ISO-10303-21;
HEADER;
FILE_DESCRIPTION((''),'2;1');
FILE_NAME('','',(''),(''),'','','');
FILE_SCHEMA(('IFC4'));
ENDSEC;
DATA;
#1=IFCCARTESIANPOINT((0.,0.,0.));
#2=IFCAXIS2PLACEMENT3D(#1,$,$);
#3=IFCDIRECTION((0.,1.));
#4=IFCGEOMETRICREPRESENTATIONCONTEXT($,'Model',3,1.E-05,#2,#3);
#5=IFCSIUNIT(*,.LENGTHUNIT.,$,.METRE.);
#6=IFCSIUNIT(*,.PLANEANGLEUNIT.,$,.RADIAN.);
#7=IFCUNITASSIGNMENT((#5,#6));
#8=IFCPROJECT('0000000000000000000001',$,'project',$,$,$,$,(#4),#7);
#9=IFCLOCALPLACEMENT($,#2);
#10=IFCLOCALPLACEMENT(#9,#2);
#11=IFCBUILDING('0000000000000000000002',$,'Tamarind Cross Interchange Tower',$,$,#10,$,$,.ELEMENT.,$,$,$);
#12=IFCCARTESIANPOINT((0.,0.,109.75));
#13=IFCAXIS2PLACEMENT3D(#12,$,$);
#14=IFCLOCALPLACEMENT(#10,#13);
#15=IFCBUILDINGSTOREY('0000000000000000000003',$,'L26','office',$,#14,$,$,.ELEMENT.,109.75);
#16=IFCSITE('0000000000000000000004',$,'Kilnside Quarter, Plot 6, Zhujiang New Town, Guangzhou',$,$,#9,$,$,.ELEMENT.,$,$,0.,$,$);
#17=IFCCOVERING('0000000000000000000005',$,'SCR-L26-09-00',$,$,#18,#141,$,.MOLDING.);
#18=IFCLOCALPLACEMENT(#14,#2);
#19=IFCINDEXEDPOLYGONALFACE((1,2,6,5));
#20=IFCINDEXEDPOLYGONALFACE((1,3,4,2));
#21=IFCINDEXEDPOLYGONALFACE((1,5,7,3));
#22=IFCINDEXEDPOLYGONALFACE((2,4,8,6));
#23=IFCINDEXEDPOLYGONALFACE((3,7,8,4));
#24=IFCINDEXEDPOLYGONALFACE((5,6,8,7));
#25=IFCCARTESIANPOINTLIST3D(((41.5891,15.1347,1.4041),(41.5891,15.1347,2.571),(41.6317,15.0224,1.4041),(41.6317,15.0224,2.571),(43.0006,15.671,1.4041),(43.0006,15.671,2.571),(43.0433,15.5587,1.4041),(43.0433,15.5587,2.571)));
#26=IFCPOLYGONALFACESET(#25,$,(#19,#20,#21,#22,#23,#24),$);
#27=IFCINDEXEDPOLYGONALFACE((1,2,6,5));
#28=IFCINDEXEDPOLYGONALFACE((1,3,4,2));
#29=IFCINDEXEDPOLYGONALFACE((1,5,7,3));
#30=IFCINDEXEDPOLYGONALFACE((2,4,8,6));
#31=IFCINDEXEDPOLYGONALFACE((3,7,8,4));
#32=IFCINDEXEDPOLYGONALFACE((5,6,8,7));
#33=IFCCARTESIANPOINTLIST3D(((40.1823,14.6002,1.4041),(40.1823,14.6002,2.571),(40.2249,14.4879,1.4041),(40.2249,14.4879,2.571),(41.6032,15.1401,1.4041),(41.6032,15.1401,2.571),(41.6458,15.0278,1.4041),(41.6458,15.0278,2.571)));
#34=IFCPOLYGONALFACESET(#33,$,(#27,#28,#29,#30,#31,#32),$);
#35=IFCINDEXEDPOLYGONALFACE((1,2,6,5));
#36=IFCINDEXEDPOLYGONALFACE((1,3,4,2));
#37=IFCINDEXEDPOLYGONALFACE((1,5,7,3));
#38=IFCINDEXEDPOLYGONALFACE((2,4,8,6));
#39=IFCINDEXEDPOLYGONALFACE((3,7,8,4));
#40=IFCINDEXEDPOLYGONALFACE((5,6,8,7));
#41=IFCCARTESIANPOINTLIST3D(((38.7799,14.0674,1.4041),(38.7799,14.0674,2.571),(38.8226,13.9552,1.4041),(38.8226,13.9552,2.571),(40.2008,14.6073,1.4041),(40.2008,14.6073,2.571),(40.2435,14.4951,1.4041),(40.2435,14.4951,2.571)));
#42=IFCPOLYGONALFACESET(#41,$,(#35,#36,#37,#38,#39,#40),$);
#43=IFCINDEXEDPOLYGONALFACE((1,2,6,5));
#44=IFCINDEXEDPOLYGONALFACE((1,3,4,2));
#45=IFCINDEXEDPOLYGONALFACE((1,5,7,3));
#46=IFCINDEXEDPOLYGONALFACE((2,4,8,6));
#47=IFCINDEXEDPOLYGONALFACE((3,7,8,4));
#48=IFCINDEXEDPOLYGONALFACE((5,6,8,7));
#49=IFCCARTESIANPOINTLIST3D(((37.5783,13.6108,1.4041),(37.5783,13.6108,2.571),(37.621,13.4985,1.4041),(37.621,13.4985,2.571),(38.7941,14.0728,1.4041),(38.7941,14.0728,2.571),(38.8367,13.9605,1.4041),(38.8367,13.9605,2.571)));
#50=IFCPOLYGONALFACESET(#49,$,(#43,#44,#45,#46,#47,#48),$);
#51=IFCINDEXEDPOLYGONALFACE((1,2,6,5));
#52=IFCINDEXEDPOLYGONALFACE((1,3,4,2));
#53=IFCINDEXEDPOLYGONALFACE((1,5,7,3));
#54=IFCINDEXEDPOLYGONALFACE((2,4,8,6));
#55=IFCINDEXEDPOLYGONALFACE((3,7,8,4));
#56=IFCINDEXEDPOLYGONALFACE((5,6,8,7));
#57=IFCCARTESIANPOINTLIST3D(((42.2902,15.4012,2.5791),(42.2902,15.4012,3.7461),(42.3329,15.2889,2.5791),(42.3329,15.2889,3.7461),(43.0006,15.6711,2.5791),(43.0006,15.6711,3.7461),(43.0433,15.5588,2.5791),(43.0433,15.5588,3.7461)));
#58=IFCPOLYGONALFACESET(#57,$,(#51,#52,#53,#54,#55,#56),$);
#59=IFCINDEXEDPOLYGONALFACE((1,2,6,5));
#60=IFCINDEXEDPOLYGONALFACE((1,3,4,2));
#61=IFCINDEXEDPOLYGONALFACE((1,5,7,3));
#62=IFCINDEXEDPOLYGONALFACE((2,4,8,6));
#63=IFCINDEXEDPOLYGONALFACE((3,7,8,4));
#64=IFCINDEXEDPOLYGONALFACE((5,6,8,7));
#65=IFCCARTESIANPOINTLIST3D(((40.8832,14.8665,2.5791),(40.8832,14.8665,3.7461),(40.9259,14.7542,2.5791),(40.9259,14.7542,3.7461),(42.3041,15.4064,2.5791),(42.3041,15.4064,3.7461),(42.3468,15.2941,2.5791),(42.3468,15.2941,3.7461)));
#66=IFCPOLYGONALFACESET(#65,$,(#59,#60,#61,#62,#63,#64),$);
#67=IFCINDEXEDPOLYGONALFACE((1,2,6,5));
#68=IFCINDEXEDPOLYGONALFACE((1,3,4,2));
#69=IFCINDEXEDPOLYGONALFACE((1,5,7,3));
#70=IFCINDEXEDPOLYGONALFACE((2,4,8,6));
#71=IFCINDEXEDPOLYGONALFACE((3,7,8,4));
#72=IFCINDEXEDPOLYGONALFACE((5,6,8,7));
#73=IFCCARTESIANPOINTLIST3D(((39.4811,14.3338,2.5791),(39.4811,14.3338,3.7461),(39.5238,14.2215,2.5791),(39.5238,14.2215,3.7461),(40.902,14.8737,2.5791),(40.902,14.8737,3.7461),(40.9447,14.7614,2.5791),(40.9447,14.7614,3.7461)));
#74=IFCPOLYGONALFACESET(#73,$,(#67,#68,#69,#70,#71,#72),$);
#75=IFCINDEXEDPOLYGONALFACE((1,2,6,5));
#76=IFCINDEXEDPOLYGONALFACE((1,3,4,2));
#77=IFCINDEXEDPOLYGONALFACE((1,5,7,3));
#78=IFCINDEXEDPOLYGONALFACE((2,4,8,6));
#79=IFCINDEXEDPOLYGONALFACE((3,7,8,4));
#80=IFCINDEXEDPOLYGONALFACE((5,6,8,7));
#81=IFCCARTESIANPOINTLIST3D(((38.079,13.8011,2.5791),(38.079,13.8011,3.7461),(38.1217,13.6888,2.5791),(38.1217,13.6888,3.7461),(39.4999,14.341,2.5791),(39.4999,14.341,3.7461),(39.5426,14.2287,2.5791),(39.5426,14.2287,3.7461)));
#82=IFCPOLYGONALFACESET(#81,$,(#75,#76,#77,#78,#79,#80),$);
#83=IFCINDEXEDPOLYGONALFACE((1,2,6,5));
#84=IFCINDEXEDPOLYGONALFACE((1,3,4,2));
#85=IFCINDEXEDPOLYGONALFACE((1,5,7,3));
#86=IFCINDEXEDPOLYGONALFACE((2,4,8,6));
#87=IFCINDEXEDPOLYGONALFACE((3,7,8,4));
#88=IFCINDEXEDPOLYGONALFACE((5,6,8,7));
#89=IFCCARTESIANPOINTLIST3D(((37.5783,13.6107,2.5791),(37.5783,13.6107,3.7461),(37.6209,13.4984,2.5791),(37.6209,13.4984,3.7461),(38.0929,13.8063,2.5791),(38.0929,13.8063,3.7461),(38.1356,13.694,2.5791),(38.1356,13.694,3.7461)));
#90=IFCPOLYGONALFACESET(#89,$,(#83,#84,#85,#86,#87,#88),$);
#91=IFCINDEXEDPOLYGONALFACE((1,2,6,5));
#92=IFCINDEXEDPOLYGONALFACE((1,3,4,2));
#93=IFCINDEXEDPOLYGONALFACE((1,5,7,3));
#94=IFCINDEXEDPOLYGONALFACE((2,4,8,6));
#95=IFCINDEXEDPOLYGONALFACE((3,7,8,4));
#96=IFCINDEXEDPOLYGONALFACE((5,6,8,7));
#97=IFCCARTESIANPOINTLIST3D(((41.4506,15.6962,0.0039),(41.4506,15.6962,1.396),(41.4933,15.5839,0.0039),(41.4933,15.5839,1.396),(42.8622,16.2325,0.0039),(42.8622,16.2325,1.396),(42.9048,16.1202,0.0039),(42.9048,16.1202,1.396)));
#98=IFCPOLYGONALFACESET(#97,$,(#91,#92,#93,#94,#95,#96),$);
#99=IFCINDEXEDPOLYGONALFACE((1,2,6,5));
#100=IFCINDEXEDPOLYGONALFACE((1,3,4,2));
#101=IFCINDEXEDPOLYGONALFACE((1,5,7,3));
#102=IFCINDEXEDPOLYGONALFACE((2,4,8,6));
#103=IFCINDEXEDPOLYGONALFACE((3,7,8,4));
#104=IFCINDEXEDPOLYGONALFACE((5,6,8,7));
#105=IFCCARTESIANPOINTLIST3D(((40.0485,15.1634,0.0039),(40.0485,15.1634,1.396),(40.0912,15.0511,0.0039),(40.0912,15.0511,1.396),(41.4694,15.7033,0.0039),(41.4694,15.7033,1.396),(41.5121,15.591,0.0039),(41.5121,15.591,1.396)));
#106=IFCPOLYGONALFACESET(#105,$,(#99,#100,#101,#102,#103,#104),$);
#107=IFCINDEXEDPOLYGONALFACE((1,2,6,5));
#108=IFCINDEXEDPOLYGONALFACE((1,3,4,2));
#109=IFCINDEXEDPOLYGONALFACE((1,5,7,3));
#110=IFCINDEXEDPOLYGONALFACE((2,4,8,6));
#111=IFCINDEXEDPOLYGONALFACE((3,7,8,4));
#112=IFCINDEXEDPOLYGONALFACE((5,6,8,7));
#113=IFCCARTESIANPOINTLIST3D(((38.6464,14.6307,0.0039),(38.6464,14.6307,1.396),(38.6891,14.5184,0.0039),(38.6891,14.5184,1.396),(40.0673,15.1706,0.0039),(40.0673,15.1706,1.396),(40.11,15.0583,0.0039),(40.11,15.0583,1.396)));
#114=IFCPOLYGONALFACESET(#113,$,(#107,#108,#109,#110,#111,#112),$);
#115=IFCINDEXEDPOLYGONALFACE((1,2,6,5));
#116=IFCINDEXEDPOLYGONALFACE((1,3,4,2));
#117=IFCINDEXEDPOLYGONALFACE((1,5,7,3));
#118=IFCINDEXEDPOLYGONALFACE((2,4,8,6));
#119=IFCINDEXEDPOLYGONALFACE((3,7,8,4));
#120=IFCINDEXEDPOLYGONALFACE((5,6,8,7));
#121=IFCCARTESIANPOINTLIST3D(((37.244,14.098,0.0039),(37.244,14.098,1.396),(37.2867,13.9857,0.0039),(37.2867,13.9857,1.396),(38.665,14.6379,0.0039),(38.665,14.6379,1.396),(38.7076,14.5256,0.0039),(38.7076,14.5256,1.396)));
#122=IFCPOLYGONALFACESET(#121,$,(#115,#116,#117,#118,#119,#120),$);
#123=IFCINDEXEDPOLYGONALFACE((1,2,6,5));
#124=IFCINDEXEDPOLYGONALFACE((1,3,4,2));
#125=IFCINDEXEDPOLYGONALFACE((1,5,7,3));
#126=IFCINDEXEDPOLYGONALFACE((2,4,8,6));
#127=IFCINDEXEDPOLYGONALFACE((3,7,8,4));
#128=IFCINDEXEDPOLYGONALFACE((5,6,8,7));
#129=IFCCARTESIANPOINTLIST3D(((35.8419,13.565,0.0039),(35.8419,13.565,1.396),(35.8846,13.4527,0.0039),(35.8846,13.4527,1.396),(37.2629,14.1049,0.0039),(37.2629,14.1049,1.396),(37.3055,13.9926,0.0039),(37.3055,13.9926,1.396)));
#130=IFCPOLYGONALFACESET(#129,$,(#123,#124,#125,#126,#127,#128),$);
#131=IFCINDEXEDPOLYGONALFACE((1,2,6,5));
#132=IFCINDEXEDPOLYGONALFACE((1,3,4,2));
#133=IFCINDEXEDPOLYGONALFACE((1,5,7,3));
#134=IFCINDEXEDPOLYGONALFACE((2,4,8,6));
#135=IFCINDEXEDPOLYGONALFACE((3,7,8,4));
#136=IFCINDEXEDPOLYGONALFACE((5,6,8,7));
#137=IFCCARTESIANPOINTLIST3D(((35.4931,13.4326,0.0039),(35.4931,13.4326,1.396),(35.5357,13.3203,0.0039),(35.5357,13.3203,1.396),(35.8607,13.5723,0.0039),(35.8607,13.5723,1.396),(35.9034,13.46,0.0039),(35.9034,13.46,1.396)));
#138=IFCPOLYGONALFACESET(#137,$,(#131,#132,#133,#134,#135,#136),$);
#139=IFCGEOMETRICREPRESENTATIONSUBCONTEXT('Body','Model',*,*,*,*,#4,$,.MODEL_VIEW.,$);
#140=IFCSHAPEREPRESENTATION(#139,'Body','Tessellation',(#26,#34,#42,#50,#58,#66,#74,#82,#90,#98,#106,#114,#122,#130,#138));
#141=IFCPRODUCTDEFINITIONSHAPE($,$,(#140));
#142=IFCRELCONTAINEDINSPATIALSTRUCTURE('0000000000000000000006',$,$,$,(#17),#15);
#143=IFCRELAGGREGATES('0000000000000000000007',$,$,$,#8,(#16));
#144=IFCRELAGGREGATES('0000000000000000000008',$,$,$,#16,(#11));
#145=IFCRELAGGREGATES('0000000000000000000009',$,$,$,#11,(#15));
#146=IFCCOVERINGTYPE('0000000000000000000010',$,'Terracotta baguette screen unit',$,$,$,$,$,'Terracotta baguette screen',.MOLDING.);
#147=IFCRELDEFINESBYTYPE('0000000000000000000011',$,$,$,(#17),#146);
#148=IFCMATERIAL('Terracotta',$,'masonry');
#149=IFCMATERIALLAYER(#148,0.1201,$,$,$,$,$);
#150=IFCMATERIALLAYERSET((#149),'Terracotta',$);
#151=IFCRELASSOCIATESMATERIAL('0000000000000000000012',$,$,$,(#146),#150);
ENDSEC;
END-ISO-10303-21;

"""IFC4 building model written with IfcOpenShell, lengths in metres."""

from ifc_helpers import new_model, si_unit, direction, frame, origin, origin_2d, place, context, subcontext, project, spatial, rectangle, extrude, material, layer, layer_set, type_object, element, save


model = new_model("IFC4")

# Units and contexts
model_context = context("Model", 3, precision=1e-05, world=origin(), true_north=direction((0.0, 1.0)))
body_context = subcontext(model_context, "Body", "Model", "MODEL_VIEW")
ifc_project = project(units=[si_unit("LENGTHUNIT", "METRE"), si_unit("PLANEANGLEUNIT", "RADIAN")], contexts=[model_context])

# Site, building, storey
site_placement = place(None, origin())
site = spatial("IfcSite", under=ifc_project, at=site_placement, Name="Kilnside Quarter, Plot 6, Zhujiang New Town, Guangzhou", CompositionType="ELEMENT", RefElevation=0.0)
building_placement = place(site_placement, origin())
building = spatial("IfcBuilding", under=site, at=building_placement, Name="Tamarind Cross Interchange Tower", CompositionType="ELEMENT")
storey_placement = place(building_placement, frame((0.0, 0.0, 109.75)))
storey = spatial("IfcBuildingStorey", under=building, at=storey_placement, Name="L26", Description="office", CompositionType="ELEMENT", Elevation=109.75)

# Covering
ifc_material_1 = material(Name="Terracotta", Category="masonry")
ifc_layer_1 = layer(ifc_material_1, 0.1201)
ifc_layer_set_1 = layer_set([ifc_layer_1], Name="Terracotta")
covering_type = type_object("IfcCoveringType", Name="Terracotta baguette screen unit", ElementType="Terracotta baguette screen", PredefinedType="MOLDING", material=ifc_layer_set_1)
covering_1_placement = place(storey_placement, origin())
element("IfcCovering", 1, at=covering_1_placement, inside=storey, type_object=covering_type, Name="SCR-L26-09-00", PredefinedType="MOLDING", context=body_context, shape_type="SweptSolid", body=[
    extrude(rectangle(XDim=1.51, YDim=0.1201, at=origin_2d()), frame((42.3162, 15.3467, 1.4041), z_axis=(0.0, 0.0, 1.0), x_axis=(-0.934796, -0.355186, 0.0)), (0.0, 0.0, 1.0), 1.167),
    extrude(rectangle(XDim=1.52, YDim=0.1201, at=origin_2d()), frame((40.9141, 14.814, 1.4041), z_axis=(0.0, 0.0, 1.0), x_axis=(-0.934796, -0.355186, 0.0)), (0.0, 0.0, 1.0), 1.167),
    extrude(rectangle(XDim=1.52, YDim=0.1201, at=origin_2d()), frame((39.5117, 14.2812, 1.4041), z_axis=(0.0, 0.0, 1.0), x_axis=(-0.934796, -0.355186, 0.0)), (0.0, 0.0, 1.0), 1.167),
    extrude(rectangle(XDim=1.3005, YDim=0.1201, at=origin_2d()), frame((38.2075, 13.7856, 1.4041), z_axis=(0.0, 0.0, 1.0), x_axis=(-0.934796, -0.355186, 0.0)), (0.0, 0.0, 1.0), 1.167),
    extrude(rectangle(XDim=0.76, YDim=0.1201, at=origin_2d()), frame((42.6667, 15.48, 2.5791), z_axis=(0.0, 0.0, 1.0), x_axis=(-0.934796, -0.355186, 0.0)), (0.0, 0.0, 1.0), 1.167),
    extrude(rectangle(XDim=1.52, YDim=0.1201, at=origin_2d()), frame((41.615, 15.0803, 2.5791), z_axis=(0.0, 0.0, 1.0), x_axis=(-0.934796, -0.355186, 0.0)), (0.0, 0.0, 1.0), 1.167),
    extrude(rectangle(XDim=1.52, YDim=0.1201, at=origin_2d()), frame((40.2129, 14.5476, 2.5791), z_axis=(0.0, 0.0, 1.0), x_axis=(-0.934796, -0.355186, 0.0)), (0.0, 0.0, 1.0), 1.167),
    extrude(rectangle(XDim=1.52, YDim=0.1201, at=origin_2d()), frame((38.8108, 14.0149, 2.5791), z_axis=(0.0, 0.0, 1.0), x_axis=(-0.934796, -0.355186, 0.0)), (0.0, 0.0, 1.0), 1.167),
    extrude(rectangle(XDim=0.5505, YDim=0.1201, at=origin_2d()), frame((37.8569, 13.6523, 2.5791), z_axis=(0.0, 0.0, 1.0), x_axis=(-0.934796, -0.355186, 0.0)), (0.0, 0.0, 1.0), 1.167),
    extrude(rectangle(XDim=1.51, YDim=0.1201, at=origin_2d()), frame((42.1777, 15.9082, 0.0039), z_axis=(0.0, 0.0, 1.0), x_axis=(-0.934796, -0.355186, 0.0)), (0.0, 0.0, 1.0), 1.3921),
    extrude(rectangle(XDim=1.52, YDim=0.1201, at=origin_2d()), frame((40.7803, 15.3772, 0.0039), z_axis=(0.0, 0.0, 1.0), x_axis=(-0.934796, -0.355186, 0.0)), (0.0, 0.0, 1.0), 1.3921),
    extrude(rectangle(XDim=1.52, YDim=0.1201, at=origin_2d()), frame((39.3782, 14.8445, 0.0039), z_axis=(0.0, 0.0, 1.0), x_axis=(-0.934796, -0.355186, 0.0)), (0.0, 0.0, 1.0), 1.3921),
    extrude(rectangle(XDim=1.52, YDim=0.1201, at=origin_2d()), frame((37.9758, 14.3118, 0.0039), z_axis=(0.0, 0.0, 1.0), x_axis=(-0.934796, -0.355186, 0.0)), (0.0, 0.0, 1.0), 1.3921),
    extrude(rectangle(XDim=1.52, YDim=0.1201, at=origin_2d()), frame((36.5737, 13.7788, 0.0039), z_axis=(0.0, 0.0, 1.0), x_axis=(-0.934796, -0.355186, 0.0)), (0.0, 0.0, 1.0), 1.3921),
    extrude(rectangle(XDim=0.3933, YDim=0.1201, at=origin_2d()), frame((35.6982, 13.4463, 0.0039), z_axis=(0.0, 0.0, 1.0), x_axis=(-0.934796, -0.355186, 0.0)), (0.0, 0.0, 1.0), 1.3921),
])

save(model, "model.ifc")
